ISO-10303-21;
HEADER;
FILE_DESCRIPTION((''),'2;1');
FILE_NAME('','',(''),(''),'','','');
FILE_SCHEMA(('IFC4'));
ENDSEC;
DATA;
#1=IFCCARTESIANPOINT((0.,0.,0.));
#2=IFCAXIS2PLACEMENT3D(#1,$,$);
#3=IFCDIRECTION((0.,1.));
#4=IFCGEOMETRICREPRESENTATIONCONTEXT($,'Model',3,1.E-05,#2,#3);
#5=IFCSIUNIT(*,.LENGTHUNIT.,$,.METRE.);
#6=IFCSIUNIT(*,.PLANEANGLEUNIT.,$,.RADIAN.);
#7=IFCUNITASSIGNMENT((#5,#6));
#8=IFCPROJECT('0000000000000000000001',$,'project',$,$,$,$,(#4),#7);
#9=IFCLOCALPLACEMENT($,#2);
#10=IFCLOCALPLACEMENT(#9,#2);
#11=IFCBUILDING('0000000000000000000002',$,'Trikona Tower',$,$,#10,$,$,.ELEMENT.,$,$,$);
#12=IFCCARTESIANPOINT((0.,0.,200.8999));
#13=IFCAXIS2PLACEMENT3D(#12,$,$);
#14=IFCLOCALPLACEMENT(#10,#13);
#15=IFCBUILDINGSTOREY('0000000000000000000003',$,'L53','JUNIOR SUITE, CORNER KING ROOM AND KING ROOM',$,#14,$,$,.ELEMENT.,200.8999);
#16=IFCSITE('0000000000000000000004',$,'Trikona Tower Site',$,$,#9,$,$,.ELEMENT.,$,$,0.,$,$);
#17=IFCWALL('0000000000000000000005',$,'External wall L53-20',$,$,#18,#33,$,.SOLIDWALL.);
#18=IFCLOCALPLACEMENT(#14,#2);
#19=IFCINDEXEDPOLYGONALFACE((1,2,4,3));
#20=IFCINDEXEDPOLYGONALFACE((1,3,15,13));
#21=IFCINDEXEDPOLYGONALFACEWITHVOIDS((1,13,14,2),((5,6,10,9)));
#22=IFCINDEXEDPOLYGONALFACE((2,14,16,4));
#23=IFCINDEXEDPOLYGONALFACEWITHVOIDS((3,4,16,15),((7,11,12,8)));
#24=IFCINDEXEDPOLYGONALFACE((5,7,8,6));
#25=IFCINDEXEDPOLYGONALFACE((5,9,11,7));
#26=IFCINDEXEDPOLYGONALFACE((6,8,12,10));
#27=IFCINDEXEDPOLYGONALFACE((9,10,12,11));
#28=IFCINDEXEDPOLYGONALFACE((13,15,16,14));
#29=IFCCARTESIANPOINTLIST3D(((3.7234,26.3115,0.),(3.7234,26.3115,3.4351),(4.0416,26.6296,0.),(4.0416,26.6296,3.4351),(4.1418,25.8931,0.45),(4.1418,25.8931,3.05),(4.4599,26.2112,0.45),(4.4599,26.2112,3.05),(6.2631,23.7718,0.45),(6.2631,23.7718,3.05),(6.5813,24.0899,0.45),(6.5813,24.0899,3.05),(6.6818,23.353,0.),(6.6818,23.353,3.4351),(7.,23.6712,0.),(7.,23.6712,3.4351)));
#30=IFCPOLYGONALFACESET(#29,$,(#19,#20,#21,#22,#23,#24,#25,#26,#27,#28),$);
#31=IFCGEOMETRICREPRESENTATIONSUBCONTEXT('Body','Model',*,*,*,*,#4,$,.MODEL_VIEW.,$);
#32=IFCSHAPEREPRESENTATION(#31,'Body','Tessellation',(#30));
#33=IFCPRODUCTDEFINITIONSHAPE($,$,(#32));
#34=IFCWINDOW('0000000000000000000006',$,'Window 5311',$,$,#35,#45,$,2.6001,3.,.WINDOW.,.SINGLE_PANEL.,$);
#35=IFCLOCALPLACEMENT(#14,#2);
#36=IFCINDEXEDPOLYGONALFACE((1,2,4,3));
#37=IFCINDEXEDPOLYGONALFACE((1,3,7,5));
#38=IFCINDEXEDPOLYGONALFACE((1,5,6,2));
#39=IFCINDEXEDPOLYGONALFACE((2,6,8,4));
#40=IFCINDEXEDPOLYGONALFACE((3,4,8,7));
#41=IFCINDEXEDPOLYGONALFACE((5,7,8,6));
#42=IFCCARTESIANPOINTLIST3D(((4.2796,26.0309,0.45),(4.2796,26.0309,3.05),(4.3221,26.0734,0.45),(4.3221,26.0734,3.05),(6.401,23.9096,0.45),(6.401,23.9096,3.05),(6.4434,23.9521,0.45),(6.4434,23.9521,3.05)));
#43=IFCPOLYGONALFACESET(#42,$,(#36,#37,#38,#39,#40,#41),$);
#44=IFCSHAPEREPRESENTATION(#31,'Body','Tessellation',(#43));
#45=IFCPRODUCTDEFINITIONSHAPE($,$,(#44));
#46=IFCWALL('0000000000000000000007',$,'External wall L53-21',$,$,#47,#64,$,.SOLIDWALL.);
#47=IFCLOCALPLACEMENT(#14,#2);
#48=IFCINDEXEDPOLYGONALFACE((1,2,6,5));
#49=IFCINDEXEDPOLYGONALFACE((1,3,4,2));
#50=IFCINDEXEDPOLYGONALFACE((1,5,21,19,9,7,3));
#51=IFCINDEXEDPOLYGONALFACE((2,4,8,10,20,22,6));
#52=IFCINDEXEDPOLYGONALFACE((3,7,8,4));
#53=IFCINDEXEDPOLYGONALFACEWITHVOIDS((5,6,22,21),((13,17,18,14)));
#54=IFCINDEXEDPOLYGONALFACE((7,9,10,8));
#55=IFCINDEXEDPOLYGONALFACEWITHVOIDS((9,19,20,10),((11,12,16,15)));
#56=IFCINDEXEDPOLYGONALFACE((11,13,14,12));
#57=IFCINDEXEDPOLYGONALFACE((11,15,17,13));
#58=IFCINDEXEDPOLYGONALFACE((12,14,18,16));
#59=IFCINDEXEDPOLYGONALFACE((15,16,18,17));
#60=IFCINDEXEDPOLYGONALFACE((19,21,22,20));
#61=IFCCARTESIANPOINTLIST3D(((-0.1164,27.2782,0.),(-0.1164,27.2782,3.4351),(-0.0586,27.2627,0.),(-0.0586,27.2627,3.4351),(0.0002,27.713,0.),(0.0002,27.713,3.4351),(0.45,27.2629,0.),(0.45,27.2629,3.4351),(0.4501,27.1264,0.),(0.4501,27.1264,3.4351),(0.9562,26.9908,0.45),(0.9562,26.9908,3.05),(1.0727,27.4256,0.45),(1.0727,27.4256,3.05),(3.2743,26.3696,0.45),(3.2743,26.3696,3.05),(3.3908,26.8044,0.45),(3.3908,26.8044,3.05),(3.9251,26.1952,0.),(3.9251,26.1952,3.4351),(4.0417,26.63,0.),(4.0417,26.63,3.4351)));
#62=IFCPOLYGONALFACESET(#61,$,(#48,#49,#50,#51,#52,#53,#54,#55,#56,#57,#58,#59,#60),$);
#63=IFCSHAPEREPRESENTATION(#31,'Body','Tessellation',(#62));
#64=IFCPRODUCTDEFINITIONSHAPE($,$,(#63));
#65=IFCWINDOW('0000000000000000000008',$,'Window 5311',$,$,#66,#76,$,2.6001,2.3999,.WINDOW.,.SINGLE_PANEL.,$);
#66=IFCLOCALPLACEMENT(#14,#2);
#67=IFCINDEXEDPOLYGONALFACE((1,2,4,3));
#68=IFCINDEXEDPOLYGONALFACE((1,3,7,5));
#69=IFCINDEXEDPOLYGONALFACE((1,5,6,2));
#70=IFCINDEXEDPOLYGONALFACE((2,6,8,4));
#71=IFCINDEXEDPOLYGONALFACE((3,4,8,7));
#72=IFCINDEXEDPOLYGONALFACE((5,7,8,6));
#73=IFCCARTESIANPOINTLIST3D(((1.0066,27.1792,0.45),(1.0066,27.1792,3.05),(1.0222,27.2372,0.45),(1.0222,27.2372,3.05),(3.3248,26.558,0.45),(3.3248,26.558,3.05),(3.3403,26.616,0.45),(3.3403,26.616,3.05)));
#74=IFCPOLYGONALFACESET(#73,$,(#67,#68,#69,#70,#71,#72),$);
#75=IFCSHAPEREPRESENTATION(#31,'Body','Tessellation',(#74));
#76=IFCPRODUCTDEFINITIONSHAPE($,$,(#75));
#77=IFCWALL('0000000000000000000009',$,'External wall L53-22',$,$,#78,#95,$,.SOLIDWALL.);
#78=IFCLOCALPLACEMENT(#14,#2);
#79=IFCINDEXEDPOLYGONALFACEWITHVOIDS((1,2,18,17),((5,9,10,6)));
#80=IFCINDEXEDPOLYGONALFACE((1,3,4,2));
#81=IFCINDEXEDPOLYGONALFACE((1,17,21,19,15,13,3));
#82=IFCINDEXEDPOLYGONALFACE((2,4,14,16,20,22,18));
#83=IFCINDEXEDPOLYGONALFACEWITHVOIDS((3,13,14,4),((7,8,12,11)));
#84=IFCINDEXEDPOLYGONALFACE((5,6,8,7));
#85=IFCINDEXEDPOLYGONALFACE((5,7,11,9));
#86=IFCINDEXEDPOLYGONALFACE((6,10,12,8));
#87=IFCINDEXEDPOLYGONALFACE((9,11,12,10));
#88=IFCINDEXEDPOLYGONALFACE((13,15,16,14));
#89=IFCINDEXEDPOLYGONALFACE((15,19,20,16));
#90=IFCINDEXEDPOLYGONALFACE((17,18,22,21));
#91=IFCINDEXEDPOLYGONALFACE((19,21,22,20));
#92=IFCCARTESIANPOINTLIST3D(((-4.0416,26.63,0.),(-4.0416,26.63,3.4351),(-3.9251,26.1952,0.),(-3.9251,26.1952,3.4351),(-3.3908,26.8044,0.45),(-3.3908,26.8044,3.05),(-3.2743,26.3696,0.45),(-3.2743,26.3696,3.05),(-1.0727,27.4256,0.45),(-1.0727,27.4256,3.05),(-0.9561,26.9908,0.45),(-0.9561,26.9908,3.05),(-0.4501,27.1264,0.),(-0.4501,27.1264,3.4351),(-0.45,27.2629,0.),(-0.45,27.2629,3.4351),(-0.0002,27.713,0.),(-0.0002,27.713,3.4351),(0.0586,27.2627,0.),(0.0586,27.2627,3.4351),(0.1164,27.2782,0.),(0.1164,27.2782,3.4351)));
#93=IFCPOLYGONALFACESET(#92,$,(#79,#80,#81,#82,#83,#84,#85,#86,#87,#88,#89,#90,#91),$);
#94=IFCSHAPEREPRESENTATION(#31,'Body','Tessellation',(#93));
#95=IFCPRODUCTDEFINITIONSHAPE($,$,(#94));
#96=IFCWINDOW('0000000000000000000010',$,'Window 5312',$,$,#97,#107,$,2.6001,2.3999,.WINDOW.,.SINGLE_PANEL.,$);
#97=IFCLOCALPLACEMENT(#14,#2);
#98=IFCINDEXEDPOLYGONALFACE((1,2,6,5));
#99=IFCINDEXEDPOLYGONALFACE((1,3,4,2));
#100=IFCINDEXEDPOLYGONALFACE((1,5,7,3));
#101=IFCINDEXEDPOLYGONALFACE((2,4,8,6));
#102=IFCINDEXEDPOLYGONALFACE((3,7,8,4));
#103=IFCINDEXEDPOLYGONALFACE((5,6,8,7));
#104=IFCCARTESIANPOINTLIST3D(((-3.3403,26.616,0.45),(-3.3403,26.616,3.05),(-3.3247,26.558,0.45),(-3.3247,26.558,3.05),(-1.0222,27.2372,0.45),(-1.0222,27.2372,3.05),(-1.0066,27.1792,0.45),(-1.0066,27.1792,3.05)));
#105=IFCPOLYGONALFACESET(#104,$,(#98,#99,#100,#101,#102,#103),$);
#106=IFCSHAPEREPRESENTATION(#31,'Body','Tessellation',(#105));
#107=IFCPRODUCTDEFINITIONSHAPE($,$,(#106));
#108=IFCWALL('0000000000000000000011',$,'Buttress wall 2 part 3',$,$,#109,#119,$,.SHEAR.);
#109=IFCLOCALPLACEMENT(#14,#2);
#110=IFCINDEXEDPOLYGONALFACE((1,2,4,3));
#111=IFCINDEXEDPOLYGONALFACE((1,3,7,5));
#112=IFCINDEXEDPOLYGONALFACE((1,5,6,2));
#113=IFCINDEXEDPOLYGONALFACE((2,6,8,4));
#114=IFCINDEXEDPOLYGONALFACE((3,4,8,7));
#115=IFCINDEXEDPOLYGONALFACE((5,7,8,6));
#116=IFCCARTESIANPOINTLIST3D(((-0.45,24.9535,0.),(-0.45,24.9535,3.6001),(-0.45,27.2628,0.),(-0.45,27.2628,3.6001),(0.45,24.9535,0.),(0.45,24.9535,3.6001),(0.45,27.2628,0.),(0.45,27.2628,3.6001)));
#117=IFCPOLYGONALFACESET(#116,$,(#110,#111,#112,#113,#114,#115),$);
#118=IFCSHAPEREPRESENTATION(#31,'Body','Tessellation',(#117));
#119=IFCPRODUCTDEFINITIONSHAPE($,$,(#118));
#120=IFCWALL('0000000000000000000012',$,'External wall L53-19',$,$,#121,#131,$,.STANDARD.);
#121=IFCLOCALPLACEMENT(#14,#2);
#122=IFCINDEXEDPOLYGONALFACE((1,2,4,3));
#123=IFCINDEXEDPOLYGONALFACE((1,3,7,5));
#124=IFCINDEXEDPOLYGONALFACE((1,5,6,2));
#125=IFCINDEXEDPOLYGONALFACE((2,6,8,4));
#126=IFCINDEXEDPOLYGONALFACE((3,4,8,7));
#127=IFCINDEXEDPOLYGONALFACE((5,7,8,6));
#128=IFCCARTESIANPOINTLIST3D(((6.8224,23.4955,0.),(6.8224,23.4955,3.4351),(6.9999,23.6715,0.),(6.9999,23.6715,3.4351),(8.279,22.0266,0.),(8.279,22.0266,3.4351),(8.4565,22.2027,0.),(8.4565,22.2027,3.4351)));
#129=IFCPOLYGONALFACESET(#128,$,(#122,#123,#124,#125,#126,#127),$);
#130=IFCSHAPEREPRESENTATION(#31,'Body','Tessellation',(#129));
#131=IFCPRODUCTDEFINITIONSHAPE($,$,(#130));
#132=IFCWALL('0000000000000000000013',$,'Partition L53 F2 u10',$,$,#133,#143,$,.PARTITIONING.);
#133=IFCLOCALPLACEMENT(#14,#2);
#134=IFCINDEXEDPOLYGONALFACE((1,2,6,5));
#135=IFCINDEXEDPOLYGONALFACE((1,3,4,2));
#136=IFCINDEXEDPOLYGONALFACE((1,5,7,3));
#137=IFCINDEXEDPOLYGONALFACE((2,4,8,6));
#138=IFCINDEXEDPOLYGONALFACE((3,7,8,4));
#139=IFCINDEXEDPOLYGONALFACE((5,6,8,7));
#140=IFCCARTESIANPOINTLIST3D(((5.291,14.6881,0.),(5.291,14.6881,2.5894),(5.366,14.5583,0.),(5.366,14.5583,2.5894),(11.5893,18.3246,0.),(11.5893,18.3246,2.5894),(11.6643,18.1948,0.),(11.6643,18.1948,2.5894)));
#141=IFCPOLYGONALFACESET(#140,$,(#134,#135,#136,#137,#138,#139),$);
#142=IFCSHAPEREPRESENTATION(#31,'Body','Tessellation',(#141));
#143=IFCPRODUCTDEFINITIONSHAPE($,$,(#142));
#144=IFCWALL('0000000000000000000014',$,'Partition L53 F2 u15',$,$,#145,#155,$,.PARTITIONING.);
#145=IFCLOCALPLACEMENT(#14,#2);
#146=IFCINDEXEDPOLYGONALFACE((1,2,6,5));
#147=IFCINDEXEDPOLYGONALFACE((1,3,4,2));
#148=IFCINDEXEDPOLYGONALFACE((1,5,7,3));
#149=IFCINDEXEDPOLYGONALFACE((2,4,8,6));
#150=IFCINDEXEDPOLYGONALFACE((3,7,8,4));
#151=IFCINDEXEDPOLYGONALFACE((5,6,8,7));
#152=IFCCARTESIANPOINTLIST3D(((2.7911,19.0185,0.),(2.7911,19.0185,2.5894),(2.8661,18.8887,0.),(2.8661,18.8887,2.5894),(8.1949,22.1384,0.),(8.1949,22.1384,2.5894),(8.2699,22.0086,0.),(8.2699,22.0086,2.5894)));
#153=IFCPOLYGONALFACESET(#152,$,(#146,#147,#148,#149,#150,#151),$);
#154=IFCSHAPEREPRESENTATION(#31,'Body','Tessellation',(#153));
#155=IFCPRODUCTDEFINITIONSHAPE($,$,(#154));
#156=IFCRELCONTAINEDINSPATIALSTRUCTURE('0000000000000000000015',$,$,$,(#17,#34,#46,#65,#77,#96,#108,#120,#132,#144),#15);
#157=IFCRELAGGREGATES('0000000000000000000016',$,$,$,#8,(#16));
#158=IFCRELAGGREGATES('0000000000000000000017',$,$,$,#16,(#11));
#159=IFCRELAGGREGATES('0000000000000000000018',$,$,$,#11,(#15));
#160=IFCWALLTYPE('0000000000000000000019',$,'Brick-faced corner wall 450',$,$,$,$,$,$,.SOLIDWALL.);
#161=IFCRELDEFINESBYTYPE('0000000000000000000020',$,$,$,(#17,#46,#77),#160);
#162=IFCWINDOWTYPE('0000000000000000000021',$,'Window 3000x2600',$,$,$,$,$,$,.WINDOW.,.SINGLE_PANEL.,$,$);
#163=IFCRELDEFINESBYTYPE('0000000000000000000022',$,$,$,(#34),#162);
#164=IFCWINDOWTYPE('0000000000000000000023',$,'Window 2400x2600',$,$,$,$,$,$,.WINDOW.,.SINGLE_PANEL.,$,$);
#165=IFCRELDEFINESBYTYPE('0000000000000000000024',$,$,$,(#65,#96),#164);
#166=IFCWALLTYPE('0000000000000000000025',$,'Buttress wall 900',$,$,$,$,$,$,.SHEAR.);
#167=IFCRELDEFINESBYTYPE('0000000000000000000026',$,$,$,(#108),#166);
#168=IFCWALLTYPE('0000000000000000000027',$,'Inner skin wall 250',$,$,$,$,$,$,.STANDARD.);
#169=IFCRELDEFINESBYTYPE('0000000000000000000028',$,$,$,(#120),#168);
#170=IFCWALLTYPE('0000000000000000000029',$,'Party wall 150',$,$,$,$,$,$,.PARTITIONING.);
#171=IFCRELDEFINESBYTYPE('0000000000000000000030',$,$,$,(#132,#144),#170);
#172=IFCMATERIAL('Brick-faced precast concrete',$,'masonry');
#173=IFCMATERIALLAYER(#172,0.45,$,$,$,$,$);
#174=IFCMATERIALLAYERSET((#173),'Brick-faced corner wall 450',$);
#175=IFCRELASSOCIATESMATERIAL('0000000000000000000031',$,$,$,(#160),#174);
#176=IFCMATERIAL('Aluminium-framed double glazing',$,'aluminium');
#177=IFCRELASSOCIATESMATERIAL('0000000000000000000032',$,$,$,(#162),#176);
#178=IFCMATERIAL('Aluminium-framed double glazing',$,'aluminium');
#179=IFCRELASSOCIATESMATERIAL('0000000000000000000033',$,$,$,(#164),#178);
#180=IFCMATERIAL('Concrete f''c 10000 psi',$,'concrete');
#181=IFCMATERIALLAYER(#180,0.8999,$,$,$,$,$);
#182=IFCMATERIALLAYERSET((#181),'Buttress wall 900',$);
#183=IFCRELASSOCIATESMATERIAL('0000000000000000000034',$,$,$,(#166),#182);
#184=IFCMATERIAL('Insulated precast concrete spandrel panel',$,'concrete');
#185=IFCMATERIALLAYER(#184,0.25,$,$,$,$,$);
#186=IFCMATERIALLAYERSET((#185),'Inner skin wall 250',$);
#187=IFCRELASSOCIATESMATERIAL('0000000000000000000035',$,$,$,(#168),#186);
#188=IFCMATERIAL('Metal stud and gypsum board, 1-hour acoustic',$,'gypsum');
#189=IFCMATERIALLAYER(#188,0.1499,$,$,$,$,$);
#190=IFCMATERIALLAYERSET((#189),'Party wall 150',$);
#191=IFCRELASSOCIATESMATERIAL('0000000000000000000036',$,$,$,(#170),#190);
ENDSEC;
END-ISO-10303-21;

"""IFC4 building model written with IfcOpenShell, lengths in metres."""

from ifc_helpers import new_model, si_unit, direction, frame, frame_2d, origin, place, context, subcontext, project, spatial, polyline, rectangle, outline, extrude, material, layer, layer_set, type_object, element, fill, save


model = new_model("IFC4")

# Units and contexts
model_context = context("Model", 3, precision=1e-05, world=origin(), true_north=direction((0.0, 1.0)))
body_context = subcontext(model_context, "Body", "Model", "MODEL_VIEW")
ifc_project = project(units=[si_unit("LENGTHUNIT", "METRE"), si_unit("PLANEANGLEUNIT", "RADIAN")], contexts=[model_context])

# Site, building, storey
site_placement = place(None, origin())
site = spatial("IfcSite", under=ifc_project, at=site_placement, Name="Trikona Tower Site", CompositionType="ELEMENT", RefElevation=0.0)
building_placement = place(site_placement, origin())
building = spatial("IfcBuilding", under=site, at=building_placement, Name="Trikona Tower", CompositionType="ELEMENT")
storey_placement = place(building_placement, frame((0.0, 0.0, 200.8999)))
storey = spatial("IfcBuildingStorey", under=building, at=storey_placement, Name="L53", Description="JUNIOR SUITE, CORNER KING ROOM AND KING ROOM", CompositionType="ELEMENT", Elevation=200.8999)

# Walls, openings, windows
ifc_material_1 = material(Name="Brick-faced precast concrete", Category="masonry")
ifc_layer_1 = layer(ifc_material_1, 0.45)
ifc_layer_set_1 = layer_set([ifc_layer_1], Name="Brick-faced corner wall 450")
wall_type_1 = type_object("IfcWallType", Name="Brick-faced corner wall 450", PredefinedType="SOLIDWALL", material=ifc_layer_set_1)
wall_1_placement = place(storey_placement, frame((6.8408, 23.5122, 0.0), z_axis=(0.0, 0.0, 1.0), x_axis=(-0.707107, 0.707107, 0.0)))
wall_1 = element("IfcWall", 1, at=wall_1_placement, inside=storey, type_object=wall_type_1, Name="External wall L53-20", PredefinedType="SOLIDWALL", context=body_context, shape_type="SweptSolid", body=[
    extrude(rectangle(XDim=4.1838, YDim=0.45, at=frame_2d((2.0918, 0.0))), origin(), (0.0, 0.0, 1.0), 3.4351),
])
opening_1_placement = place(wall_1_placement, frame((0.592, 0.0, 0.45)))
opening_1 = element("IfcOpeningElement", 2, at=opening_1_placement, cuts=wall_1, PredefinedType="OPENING", context=body_context, shape_type="SweptSolid", body=[
    extrude(rectangle(XDim=3.0, YDim=2.6001, at=frame_2d((1.5, 1.3))), frame((0.0, 0.2349, 0.0), z_axis=(0.0, -1.0, 0.0), x_axis=(1.0, 0.0, 0.0)), (0.0, 0.0, 1.0), 0.47),
])
ifc_material_2 = material(Name="Aluminium-framed double glazing", Category="aluminium")
window_type_1 = type_object("IfcWindowType", Name="Window 3000x2600", PartitioningType="SINGLE_PANEL", PredefinedType="WINDOW", material=ifc_material_2)
window_1_placement = place(opening_1_placement, origin())
window_1 = element("IfcWindow", 3, at=window_1_placement, inside=storey, type_object=window_type_1, Name="Window 5311", OverallHeight=2.6001, OverallWidth=3.0, PartitioningType="SINGLE_PANEL", PredefinedType="WINDOW", context=body_context, shape_type="SweptSolid", body=[
    extrude(rectangle(XDim=3.0, YDim=2.6001, at=frame_2d((1.5, 1.3))), frame((0.0, 0.03, 0.0), z_axis=(0.0, -1.0, 0.0), x_axis=(1.0, 0.0, 0.0)), (0.0, 0.0, 1.0), 0.0601),
])
fill(opening_1, window_1)
wall_2_placement = place(storey_placement, frame((3.9834, 26.4126, 0.0), z_axis=(0.0, 0.0, 1.0), x_axis=(-0.96592, 0.258839, 0.0)))
wall_2 = element("IfcWall", 4, at=wall_2_placement, inside=storey, type_object=wall_type_1, Name="External wall L53-21", PredefinedType="SOLIDWALL", context=body_context, shape_type="SweptSolid", body=[
    extrude(outline(polyline([(4.1841, 0.2251), (4.1243, 0.2251), (3.6331, 0.0933), (3.5977, 0.2251), (0.0, 0.2251), (0.0, -0.2251), (4.1841, -0.2251), (4.1841, 0.2251)])), origin(), (0.0, 0.0, 1.0), 3.4351),
])
opening_2_placement = place(wall_2_placement, frame((0.6738, 0.0, 0.45)))
opening_2 = element("IfcOpeningElement", 5, at=opening_2_placement, cuts=wall_2, PredefinedType="OPENING", context=body_context, shape_type="SweptSolid", body=[
    extrude(rectangle(XDim=2.3999, YDim=2.6001, at=frame_2d((1.2, 1.3))), frame((0.0, 0.2349, 0.0), z_axis=(0.0, -1.0, 0.0), x_axis=(1.0, 0.0, 0.0)), (0.0, 0.0, 1.0), 0.47),
])
ifc_material_3 = material(Name="Aluminium-framed double glazing", Category="aluminium")
window_type_2 = type_object("IfcWindowType", Name="Window 2400x2600", PartitioningType="SINGLE_PANEL", PredefinedType="WINDOW", material=ifc_material_3)
window_2_placement = place(opening_2_placement, origin())
window_2 = element("IfcWindow", 6, at=window_2_placement, inside=storey, type_object=window_type_2, Name="Window 5311", OverallHeight=2.6001, OverallWidth=2.3999, PartitioningType="SINGLE_PANEL", PredefinedType="WINDOW", context=body_context, shape_type="SweptSolid", body=[
    extrude(rectangle(XDim=2.3999, YDim=2.6001, at=frame_2d((1.2, 1.3))), frame((0.0, 0.03, 0.0), z_axis=(0.0, -1.0, 0.0), x_axis=(1.0, 0.0, 0.0)), (0.0, 0.0, 1.0), 0.0601),
])
fill(opening_2, window_2)
wall_3_placement = place(storey_placement, frame((0.0581, 27.4956, 0.0), z_axis=(0.0, 0.0, 1.0), x_axis=(-0.96592, -0.258839, 0.0)))
wall_3 = element("IfcWall", 7, at=wall_3_placement, inside=storey, type_object=wall_type_1, Name="External wall L53-22", PredefinedType="SOLIDWALL", context=body_context, shape_type="SweptSolid", body=[
    extrude(outline(polyline([(4.1841, 0.2251), (0.5864, 0.2251), (0.551, 0.0933), (0.0598, 0.2251), (0.0, 0.2251), (0.0, -0.2251), (4.1841, -0.2251), (4.1841, 0.2251)])), origin(), (0.0, 0.0, 1.0), 3.4351),
])
opening_3_placement = place(wall_3_placement, frame((1.1104, 0.0, 0.45)))
opening_3 = element("IfcOpeningElement", 8, at=opening_3_placement, cuts=wall_3, PredefinedType="OPENING", context=body_context, shape_type="SweptSolid", body=[
    extrude(rectangle(XDim=2.3999, YDim=2.6001, at=frame_2d((1.2, 1.3))), frame((0.0, 0.2349, 0.0), z_axis=(0.0, -1.0, 0.0), x_axis=(1.0, 0.0, 0.0)), (0.0, 0.0, 1.0), 0.47),
])
window_3_placement = place(opening_3_placement, origin())
window_3 = element("IfcWindow", 9, at=window_3_placement, inside=storey, type_object=window_type_2, Name="Window 5312", OverallHeight=2.6001, OverallWidth=2.3999, PartitioningType="SINGLE_PANEL", PredefinedType="WINDOW", context=body_context, shape_type="SweptSolid", body=[
    extrude(rectangle(XDim=2.3999, YDim=2.6001, at=frame_2d((1.2, 1.3))), frame((0.0, 0.03, 0.0), z_axis=(0.0, -1.0, 0.0), x_axis=(1.0, 0.0, 0.0)), (0.0, 0.0, 1.0), 0.0601),
])
fill(opening_3, window_3)

# Walls
ifc_material_4 = material(Name="Concrete f'c 10000 psi", Category="concrete")
ifc_layer_2 = layer(ifc_material_4, 0.8999)
ifc_layer_set_2 = layer_set([ifc_layer_2], Name="Buttress wall 900")
wall_type_2 = type_object("IfcWallType", Name="Buttress wall 900", PredefinedType="SHEAR", material=ifc_layer_set_2)
wall_4_placement = place(storey_placement, frame((0.0, 24.9534, 0.0), z_axis=(0.0, 0.0, 1.0), x_axis=(0.0, 1.0, 0.0)))
element("IfcWall", 10, at=wall_4_placement, inside=storey, type_object=wall_type_2, Name="Buttress wall 2 part 3", PredefinedType="SHEAR", context=body_context, shape_type="SweptSolid", body=[
    extrude(rectangle(XDim=2.3093, YDim=0.8999, at=frame_2d((1.1548, 0.0))), origin(), (0.0, 0.0, 1.0), 3.6001),
])
ifc_material_5 = material(Name="Insulated precast concrete spandrel panel", Category="concrete")
ifc_layer_3 = layer(ifc_material_5, 0.25)
ifc_layer_set_3 = layer_set([ifc_layer_3], Name="Inner skin wall 250")
wall_type_3 = type_object("IfcWallType", Name="Inner skin wall 250", PredefinedType="STANDARD", material=ifc_layer_set_3)
wall_5_placement = place(storey_placement, frame((8.3677, 22.1147, 0.0), z_axis=(0.0, 0.0, 1.0), x_axis=(-0.70415, 0.710051, 0.0)))
element("IfcWall", 11, at=wall_5_placement, inside=storey, type_object=wall_type_3, Name="External wall L53-19", PredefinedType="STANDARD", context=body_context, shape_type="SweptSolid", body=[
    extrude(rectangle(XDim=2.0686, YDim=0.25, at=frame_2d((1.0342, 0.0))), origin(), (0.0, 0.0, 1.0), 3.4351),
])
ifc_material_6 = material(Name="Metal stud and gypsum board, 1-hour acoustic", Category="gypsum")
ifc_layer_4 = layer(ifc_material_6, 0.1499)
ifc_layer_set_4 = layer_set([ifc_layer_4], Name="Party wall 150")
wall_type_4 = type_object("IfcWallType", Name="Party wall 150", PredefinedType="PARTITIONING", material=ifc_layer_set_4)
wall_6_placement = place(storey_placement, frame((5.3286, 14.6233, 0.0), z_axis=(0.0, 0.0, 1.0), x_axis=(0.866018, 0.500013, 0.0)))
element("IfcWall", 12, at=wall_6_placement, inside=storey, type_object=wall_type_4, Name="Partition L53 F2 u10", PredefinedType="PARTITIONING", context=body_context, shape_type="SweptSolid", body=[
    extrude(rectangle(XDim=7.2727, YDim=0.1499, at=frame_2d((3.6362, 0.0))), origin(), (0.0, 0.0, 1.0), 2.5894),
])
wall_7_placement = place(storey_placement, frame((2.8286, 18.9536, 0.0), z_axis=(0.0, 0.0, 1.0), x_axis=(0.866027, 0.499998, 0.0)))
element("IfcWall", 13, at=wall_7_placement, inside=storey, type_object=wall_type_4, Name="Partition L53 F2 u15", PredefinedType="PARTITIONING", context=body_context, shape_type="SweptSolid", body=[
    extrude(rectangle(XDim=6.2397, YDim=0.1499, at=frame_2d((3.1199, 0.0))), origin(), (0.0, 0.0, 1.0), 2.5894),
])

save(model, "model.ifc")
